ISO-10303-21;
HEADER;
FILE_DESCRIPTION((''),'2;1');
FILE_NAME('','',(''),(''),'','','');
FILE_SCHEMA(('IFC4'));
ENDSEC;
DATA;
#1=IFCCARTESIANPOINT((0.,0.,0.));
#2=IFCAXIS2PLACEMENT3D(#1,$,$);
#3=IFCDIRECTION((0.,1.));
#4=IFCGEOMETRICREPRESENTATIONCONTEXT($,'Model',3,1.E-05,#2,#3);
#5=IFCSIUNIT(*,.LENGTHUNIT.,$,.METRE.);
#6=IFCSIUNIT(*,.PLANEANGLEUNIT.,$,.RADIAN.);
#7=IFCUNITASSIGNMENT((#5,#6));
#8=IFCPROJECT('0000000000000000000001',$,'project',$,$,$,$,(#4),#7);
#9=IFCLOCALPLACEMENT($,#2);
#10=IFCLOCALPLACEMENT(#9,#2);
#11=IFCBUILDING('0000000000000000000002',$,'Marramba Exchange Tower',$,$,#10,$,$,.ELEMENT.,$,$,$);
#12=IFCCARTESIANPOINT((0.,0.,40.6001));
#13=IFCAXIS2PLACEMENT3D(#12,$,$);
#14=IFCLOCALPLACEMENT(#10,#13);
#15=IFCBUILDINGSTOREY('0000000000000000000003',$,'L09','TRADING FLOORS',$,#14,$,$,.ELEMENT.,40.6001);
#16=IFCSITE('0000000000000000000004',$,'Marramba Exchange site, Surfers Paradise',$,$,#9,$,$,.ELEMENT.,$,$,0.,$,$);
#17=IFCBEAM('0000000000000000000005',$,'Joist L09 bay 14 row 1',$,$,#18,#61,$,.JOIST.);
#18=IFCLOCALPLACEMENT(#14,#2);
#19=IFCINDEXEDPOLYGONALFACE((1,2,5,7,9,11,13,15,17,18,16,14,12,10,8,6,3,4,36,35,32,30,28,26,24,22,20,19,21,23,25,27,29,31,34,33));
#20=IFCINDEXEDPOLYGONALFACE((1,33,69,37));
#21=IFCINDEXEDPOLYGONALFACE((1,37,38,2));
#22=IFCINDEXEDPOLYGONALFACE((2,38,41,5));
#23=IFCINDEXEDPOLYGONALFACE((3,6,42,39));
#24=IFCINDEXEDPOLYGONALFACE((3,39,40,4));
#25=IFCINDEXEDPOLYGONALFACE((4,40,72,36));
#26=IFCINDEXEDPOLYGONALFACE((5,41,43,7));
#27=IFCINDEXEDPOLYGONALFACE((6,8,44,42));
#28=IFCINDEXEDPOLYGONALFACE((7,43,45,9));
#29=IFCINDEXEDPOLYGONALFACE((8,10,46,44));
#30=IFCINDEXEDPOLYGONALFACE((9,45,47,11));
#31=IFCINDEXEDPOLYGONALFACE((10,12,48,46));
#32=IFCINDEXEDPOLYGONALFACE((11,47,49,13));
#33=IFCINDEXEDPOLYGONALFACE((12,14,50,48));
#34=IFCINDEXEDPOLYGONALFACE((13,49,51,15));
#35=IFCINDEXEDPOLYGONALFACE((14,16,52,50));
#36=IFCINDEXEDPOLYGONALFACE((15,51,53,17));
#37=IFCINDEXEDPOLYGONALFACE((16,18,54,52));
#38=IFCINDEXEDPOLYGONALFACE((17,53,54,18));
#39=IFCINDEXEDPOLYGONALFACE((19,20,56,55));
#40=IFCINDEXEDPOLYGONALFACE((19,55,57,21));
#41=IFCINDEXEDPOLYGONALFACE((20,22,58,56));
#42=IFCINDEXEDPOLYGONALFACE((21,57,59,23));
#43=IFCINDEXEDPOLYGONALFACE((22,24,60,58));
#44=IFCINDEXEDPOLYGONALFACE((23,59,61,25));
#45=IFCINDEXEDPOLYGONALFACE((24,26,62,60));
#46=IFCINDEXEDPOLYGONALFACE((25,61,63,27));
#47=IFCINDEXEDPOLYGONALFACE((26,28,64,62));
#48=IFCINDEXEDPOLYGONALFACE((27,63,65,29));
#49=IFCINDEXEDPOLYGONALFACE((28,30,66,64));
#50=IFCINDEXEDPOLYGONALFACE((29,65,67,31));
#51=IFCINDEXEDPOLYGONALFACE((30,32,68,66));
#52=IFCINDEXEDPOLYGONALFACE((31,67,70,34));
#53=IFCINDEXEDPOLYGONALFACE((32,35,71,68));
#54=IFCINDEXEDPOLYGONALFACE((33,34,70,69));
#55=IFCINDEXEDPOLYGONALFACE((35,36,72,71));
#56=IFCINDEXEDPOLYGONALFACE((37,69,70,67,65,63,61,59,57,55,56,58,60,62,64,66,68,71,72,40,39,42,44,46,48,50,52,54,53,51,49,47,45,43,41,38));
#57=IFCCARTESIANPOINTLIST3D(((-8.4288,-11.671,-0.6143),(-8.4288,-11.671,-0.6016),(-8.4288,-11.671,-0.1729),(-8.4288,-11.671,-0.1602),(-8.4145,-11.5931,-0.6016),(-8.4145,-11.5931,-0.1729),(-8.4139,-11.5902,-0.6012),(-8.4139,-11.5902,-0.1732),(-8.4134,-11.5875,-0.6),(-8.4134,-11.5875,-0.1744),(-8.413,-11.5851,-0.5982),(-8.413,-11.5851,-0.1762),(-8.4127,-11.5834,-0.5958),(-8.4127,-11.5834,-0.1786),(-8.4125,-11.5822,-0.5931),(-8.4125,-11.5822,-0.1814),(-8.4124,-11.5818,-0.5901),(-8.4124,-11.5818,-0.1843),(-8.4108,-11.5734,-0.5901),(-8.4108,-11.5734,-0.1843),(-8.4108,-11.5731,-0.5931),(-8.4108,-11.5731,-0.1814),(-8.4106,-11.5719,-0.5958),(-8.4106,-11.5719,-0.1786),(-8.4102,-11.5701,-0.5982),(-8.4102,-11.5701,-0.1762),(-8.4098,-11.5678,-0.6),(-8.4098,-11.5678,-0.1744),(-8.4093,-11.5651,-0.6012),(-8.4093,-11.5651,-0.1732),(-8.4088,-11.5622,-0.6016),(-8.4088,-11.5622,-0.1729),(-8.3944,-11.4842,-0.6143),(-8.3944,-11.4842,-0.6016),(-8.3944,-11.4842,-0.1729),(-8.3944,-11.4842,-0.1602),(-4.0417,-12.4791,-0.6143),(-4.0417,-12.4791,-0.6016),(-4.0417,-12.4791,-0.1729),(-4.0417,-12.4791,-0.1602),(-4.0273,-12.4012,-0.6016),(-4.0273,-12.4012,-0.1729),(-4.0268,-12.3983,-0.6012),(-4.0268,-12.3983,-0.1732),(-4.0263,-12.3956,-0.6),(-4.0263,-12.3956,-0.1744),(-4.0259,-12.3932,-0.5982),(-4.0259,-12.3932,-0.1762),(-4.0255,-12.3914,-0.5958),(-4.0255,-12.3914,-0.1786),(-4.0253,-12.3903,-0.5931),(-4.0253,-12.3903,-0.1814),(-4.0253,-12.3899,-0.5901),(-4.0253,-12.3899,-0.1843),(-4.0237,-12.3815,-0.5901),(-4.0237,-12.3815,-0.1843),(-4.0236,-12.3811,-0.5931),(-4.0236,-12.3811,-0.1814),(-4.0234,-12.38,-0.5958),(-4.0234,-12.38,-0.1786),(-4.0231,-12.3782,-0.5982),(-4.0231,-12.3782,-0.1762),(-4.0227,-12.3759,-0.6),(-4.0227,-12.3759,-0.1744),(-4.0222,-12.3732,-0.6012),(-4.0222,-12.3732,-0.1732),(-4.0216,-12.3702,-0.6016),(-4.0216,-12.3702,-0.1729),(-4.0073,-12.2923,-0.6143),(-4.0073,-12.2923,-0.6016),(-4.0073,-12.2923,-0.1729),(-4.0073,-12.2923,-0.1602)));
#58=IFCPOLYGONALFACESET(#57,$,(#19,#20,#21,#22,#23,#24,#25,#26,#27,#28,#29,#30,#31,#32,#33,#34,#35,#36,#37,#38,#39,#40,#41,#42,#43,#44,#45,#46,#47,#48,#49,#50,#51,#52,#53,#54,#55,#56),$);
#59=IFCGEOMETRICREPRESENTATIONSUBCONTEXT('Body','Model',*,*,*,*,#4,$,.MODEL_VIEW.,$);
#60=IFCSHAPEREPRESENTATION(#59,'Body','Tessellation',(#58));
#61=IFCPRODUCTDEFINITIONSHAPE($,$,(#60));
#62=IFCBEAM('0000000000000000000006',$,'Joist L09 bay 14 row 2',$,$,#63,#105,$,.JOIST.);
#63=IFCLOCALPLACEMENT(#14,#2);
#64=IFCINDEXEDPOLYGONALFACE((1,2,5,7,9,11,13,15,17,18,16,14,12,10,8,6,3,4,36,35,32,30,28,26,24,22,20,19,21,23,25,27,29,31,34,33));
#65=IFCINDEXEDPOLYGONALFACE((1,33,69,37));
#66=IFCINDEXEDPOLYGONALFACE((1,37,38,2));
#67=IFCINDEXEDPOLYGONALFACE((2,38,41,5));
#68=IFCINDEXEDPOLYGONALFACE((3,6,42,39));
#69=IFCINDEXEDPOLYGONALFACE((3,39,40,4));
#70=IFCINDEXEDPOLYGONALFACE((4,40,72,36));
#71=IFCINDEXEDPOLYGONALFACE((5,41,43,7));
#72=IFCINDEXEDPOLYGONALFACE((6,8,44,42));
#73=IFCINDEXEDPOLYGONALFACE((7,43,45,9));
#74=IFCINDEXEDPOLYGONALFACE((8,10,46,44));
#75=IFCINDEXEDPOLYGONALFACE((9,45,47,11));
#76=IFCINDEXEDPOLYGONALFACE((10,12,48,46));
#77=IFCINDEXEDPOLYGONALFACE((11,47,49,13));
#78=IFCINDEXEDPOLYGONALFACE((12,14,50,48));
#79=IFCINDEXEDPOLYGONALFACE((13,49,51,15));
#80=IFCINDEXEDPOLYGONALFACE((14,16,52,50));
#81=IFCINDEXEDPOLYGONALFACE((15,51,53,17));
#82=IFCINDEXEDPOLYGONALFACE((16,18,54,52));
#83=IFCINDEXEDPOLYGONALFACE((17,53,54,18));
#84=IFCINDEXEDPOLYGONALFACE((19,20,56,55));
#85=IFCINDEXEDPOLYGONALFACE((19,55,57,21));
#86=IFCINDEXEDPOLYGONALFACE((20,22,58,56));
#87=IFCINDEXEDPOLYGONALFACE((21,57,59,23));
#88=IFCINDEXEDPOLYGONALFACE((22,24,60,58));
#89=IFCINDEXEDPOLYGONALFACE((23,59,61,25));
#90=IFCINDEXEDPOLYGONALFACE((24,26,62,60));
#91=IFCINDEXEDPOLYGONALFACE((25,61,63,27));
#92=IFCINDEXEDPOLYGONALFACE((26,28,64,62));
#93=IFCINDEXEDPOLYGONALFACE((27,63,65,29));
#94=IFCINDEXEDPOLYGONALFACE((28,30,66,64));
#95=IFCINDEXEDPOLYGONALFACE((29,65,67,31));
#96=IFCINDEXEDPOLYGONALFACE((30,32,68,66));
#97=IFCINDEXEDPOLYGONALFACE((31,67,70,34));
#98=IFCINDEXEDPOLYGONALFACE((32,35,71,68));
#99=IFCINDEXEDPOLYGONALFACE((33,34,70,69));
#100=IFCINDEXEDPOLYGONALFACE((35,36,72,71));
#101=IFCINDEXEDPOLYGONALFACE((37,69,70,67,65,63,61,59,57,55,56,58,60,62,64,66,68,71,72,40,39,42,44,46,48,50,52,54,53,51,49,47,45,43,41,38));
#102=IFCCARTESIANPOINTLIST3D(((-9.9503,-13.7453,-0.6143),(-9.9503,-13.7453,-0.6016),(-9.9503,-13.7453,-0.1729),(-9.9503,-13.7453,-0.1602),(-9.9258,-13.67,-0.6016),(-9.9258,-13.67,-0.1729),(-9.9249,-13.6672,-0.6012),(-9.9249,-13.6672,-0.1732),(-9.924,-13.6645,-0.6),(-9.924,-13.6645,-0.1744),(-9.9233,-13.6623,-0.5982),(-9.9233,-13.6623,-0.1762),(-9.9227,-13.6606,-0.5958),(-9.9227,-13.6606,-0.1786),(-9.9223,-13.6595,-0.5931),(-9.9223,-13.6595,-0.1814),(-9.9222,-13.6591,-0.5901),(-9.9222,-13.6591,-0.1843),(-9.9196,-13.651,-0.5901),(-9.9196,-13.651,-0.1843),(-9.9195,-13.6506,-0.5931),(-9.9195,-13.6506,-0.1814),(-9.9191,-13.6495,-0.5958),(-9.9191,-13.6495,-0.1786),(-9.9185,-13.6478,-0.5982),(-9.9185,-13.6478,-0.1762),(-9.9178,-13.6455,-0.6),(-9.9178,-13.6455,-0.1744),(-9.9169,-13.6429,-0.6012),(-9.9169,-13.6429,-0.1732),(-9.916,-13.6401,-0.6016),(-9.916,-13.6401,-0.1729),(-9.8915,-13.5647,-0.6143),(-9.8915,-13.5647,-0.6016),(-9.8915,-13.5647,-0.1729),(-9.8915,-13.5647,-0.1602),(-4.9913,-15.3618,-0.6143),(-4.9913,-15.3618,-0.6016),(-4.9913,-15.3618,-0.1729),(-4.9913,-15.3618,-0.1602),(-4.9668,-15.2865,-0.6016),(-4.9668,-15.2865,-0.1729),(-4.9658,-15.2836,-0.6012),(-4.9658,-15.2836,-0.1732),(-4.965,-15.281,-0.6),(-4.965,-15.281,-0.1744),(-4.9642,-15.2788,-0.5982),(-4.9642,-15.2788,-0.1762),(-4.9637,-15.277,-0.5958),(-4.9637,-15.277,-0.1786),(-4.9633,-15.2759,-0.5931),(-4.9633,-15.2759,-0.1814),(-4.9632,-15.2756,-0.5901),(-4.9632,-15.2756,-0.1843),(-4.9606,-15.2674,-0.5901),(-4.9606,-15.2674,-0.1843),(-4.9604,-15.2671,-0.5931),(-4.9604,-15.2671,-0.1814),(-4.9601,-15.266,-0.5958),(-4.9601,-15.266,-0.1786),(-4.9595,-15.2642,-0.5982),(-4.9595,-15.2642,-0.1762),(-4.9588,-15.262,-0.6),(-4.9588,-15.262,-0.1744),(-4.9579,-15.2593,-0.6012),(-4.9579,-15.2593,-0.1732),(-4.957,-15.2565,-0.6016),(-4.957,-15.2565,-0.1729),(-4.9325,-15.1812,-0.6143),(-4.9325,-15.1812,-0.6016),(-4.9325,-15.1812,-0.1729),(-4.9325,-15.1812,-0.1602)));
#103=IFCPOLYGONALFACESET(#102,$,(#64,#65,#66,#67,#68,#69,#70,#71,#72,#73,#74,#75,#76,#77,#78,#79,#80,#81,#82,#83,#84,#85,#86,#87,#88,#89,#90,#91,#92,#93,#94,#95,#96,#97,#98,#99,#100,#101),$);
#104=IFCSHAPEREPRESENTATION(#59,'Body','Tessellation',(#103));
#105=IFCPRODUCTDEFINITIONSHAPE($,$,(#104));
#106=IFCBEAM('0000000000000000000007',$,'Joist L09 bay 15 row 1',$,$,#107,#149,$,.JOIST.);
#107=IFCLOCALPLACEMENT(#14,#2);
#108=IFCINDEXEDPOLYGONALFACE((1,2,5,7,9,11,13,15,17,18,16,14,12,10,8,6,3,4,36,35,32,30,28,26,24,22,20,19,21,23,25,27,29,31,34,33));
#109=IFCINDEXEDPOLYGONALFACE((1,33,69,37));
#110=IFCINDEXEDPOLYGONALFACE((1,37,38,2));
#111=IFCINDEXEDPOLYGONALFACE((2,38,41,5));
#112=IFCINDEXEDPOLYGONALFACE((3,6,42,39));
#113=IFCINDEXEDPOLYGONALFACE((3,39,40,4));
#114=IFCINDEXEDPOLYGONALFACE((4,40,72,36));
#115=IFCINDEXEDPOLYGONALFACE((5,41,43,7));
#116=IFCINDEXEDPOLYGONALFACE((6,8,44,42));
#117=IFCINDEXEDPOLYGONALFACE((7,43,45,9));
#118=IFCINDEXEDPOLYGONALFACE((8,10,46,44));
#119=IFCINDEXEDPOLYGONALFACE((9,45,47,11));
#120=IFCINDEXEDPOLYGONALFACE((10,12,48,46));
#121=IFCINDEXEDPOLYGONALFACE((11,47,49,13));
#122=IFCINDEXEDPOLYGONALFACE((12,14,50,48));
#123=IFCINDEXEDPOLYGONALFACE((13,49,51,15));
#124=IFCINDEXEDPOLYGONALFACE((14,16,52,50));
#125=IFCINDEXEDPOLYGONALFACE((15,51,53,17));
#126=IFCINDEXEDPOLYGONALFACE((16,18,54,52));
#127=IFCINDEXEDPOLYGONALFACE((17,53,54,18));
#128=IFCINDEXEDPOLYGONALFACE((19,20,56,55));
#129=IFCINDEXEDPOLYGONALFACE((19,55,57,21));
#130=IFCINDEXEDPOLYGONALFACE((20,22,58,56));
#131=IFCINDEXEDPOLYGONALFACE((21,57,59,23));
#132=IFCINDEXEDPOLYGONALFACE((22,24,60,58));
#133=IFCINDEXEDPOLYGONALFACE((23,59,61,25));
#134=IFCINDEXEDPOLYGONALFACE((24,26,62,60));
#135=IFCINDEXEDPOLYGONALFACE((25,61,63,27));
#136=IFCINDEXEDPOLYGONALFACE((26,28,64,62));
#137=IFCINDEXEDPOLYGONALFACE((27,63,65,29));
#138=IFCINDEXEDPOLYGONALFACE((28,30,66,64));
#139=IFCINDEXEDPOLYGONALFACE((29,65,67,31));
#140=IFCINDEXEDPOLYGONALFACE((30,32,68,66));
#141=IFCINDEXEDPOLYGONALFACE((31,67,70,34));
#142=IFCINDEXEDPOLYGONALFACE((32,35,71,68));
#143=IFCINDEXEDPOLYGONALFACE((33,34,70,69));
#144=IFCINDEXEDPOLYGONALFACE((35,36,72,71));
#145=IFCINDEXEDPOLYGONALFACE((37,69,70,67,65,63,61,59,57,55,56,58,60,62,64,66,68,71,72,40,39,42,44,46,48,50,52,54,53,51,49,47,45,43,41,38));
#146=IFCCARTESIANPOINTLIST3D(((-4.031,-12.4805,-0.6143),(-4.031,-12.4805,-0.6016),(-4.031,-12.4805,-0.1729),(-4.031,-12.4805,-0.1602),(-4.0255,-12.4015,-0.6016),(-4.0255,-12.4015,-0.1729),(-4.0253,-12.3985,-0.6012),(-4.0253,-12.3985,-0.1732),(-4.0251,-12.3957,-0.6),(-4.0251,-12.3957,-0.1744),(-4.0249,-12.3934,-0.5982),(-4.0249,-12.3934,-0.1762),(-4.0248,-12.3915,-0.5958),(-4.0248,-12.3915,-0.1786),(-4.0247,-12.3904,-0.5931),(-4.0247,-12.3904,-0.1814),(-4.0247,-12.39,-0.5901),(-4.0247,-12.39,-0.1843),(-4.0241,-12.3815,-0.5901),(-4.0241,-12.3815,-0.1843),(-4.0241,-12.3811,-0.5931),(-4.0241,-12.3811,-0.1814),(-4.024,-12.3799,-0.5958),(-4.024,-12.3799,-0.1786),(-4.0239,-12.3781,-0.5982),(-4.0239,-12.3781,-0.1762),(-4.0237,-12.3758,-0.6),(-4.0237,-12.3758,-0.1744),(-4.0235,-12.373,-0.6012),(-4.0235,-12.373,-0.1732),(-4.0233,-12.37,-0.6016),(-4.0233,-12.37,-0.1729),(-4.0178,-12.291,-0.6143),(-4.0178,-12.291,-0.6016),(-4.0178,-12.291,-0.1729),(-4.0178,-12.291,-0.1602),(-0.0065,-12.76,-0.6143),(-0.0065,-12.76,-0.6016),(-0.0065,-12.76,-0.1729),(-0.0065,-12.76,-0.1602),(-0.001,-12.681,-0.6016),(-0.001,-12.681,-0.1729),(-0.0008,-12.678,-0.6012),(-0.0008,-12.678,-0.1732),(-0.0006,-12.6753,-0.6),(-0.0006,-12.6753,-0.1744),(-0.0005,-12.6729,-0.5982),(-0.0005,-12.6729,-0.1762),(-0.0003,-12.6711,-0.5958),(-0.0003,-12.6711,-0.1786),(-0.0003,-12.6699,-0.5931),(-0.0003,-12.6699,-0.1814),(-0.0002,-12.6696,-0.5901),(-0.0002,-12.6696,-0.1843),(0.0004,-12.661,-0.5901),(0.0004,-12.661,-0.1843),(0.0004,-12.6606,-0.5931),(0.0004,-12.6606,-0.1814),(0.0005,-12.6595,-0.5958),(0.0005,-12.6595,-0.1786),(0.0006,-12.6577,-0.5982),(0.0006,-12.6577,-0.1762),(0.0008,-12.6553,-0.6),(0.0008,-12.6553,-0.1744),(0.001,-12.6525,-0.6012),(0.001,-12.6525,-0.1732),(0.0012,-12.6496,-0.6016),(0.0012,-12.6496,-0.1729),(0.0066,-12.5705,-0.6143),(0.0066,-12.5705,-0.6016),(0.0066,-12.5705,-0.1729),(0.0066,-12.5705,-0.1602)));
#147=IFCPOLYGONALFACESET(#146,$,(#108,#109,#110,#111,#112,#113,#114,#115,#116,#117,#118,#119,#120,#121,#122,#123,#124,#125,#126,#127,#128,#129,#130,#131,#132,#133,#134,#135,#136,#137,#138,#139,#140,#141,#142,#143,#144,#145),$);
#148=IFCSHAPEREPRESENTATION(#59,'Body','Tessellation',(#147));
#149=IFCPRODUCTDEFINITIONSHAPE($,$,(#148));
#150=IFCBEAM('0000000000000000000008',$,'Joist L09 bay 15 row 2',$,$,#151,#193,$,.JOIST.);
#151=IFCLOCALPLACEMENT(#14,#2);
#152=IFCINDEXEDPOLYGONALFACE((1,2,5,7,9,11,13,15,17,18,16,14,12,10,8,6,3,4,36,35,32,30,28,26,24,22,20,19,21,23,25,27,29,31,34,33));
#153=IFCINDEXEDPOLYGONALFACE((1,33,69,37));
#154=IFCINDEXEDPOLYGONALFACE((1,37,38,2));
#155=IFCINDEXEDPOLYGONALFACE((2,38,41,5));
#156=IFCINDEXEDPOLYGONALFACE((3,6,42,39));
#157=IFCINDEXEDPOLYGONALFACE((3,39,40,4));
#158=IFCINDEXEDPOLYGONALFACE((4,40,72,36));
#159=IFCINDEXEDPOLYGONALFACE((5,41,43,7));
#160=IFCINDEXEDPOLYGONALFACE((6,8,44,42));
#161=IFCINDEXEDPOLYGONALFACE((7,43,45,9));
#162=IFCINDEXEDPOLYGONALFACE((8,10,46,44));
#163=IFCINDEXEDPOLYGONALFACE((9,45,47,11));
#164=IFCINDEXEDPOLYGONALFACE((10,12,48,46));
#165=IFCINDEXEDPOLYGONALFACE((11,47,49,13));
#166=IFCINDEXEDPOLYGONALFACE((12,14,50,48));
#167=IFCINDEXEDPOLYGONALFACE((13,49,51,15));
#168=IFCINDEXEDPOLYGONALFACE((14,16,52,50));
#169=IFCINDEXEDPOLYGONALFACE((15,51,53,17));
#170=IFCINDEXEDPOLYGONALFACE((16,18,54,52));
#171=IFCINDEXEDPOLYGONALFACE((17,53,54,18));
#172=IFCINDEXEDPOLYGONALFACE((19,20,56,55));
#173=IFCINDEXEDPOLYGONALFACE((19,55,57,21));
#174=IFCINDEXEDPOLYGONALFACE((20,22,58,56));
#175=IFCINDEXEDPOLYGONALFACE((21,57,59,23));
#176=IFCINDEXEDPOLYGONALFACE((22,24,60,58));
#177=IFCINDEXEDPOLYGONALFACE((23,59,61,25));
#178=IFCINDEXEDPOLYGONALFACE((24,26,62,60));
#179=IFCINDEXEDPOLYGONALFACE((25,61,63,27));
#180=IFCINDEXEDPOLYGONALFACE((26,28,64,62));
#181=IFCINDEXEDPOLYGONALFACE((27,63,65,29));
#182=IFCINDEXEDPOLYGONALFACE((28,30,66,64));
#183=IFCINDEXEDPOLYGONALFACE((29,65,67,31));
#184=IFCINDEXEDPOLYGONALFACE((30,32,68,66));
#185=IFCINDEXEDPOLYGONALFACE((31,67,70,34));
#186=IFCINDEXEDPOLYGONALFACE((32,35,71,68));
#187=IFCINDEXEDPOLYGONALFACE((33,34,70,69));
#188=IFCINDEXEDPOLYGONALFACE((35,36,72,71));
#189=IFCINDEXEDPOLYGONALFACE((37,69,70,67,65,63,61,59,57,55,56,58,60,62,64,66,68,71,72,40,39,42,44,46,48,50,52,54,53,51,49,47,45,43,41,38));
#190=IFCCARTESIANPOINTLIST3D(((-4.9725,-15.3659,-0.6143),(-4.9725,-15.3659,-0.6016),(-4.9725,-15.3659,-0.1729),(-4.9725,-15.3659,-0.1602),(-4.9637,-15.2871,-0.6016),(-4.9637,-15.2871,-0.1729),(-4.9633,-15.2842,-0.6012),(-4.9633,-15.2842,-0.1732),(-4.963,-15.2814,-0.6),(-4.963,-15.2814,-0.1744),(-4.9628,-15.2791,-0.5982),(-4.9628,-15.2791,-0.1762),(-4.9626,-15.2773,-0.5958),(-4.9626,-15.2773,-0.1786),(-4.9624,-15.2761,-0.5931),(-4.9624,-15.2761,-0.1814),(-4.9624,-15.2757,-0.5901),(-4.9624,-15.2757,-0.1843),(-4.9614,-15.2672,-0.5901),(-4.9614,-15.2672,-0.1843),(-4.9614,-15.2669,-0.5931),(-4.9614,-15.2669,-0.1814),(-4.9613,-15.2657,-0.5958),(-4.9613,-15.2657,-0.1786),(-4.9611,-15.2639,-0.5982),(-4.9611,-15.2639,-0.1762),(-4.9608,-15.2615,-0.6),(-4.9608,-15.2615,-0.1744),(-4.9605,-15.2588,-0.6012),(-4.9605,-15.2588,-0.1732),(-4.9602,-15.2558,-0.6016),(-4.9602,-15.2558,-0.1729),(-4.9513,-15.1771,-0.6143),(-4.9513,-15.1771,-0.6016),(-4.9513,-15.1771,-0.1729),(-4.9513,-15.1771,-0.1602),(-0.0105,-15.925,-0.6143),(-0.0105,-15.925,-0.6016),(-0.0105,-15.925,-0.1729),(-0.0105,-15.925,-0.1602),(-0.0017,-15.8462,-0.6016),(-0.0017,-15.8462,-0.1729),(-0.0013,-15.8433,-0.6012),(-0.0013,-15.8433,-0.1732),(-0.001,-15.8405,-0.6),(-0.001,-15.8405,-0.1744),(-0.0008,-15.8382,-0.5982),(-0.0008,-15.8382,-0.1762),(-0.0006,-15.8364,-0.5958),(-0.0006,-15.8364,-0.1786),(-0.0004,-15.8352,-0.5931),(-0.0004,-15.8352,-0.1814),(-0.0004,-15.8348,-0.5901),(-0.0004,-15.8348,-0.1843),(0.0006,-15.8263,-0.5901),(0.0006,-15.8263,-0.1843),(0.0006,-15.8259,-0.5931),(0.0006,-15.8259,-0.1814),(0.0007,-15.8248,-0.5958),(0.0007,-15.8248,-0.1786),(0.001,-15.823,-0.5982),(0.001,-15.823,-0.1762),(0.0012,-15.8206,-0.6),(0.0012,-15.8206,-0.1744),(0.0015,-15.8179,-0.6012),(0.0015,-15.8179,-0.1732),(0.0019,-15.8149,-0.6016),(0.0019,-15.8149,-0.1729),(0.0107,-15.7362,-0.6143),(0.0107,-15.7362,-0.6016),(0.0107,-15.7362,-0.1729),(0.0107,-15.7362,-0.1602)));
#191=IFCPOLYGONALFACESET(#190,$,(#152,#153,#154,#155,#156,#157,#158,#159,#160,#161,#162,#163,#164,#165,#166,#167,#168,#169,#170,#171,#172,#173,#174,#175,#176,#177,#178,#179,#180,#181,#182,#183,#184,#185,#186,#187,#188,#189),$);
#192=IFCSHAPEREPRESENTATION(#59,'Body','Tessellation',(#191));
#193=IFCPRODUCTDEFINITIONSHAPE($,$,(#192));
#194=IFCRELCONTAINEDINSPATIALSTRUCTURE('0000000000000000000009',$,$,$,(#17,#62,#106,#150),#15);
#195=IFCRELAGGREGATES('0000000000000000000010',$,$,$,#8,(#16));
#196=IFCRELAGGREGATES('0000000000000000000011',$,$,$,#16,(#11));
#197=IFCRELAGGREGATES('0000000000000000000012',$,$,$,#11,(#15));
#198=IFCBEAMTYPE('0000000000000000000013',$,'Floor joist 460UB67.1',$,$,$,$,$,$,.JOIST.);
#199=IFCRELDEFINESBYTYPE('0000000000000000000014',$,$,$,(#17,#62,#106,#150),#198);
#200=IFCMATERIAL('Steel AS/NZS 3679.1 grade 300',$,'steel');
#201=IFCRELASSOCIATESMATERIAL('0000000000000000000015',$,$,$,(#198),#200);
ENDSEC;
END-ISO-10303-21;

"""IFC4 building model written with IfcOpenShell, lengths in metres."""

from ifc_helpers import new_model, si_unit, direction, frame, origin, origin_2d, place, context, subcontext, project, spatial, i_section, extrude, material, material_profile, profile_set, type_object, element, save


model = new_model("IFC4")

# Units and contexts
model_context = context("Model", 3, precision=1e-05, world=origin(), true_north=direction((0.0, 1.0)))
body_context = subcontext(model_context, "Body", "Model", "MODEL_VIEW")
ifc_project = project(units=[si_unit("LENGTHUNIT", "METRE"), si_unit("PLANEANGLEUNIT", "RADIAN")], contexts=[model_context])

# Site, building, storey
site_placement = place(None, origin())
site = spatial("IfcSite", under=ifc_project, at=site_placement, Name="Marramba Exchange site, Surfers Paradise", CompositionType="ELEMENT", RefElevation=0.0)
building_placement = place(site_placement, origin())
building = spatial("IfcBuilding", under=site, at=building_placement, Name="Marramba Exchange Tower", CompositionType="ELEMENT")
storey_placement = place(building_placement, frame((0.0, 0.0, 40.6001)))
storey = spatial("IfcBuildingStorey", under=building, at=storey_placement, Name="L09", Description="TRADING FLOORS", CompositionType="ELEMENT", Elevation=40.6001)

# Beams
ifc_material_1 = material(Name="Steel AS/NZS 3679.1 grade 300", Category="steel")
ifc_material_profile_1 = material_profile(ifc_material_1, i_section(OverallWidth=0.1899, OverallDepth=0.4541, WebThickness=0.0085, FlangeThickness=0.0127, FilletRadius=0.0115, at=origin_2d()), Name="460UB67.1")
ifc_profile_set_1 = profile_set([ifc_material_profile_1], Name="Steel AS/NZS 3679.1 grade 300")
beam_type_1 = type_object("IfcBeamType", Name="Floor joist 460UB67.1", PredefinedType="JOIST", material=ifc_profile_set_1)
beam_1_placement = place(storey_placement, frame((-8.4116, -11.5776, -0.3872), z_axis=(0.983456, -0.181149, 0.0), x_axis=(0.181149, 0.983456, 0.0)))
element("IfcBeam", 1, at=beam_1_placement, inside=storey, type_object=beam_type_1, Name="Joist L09 bay 14 row 1", PredefinedType="JOIST", context=body_context, shape_type="SweptSolid", body=[
    extrude(i_section(OverallWidth=0.1899, OverallDepth=0.4541, WebThickness=0.0085, FlangeThickness=0.0127, FilletRadius=0.0115, at=origin_2d()), origin(), (0.0, 0.0, 1.0), 4.4609),
])
beam_2_placement = place(storey_placement, frame((-9.9209, -13.655, -0.3872), z_axis=(0.950764, -0.309916, 0.0), x_axis=(0.309916, 0.950764, 0.0)))
element("IfcBeam", 2, at=beam_2_placement, inside=storey, type_object=beam_type_1, Name="Joist L09 bay 14 row 2", PredefinedType="JOIST", context=body_context, shape_type="SweptSolid", body=[
    extrude(i_section(OverallWidth=0.1899, OverallDepth=0.4541, WebThickness=0.0085, FlangeThickness=0.0127, FilletRadius=0.0115, at=origin_2d()), origin(), (0.0, 0.0, 1.0), 5.2158),
])
beam_3_placement = place(storey_placement, frame((-4.0244, -12.3857, -0.3872), z_axis=(0.997596, -0.069294, 0.0), x_axis=(0.069294, 0.997596, 0.0)))
element("IfcBeam", 3, at=beam_3_placement, inside=storey, type_object=beam_type_1, Name="Joist L09 bay 15 row 1", PredefinedType="JOIST", context=body_context, shape_type="SweptSolid", body=[
    extrude(i_section(OverallWidth=0.1899, OverallDepth=0.4541, WebThickness=0.0085, FlangeThickness=0.0127, FilletRadius=0.0115, at=origin_2d()), origin(), (0.0, 0.0, 1.0), 4.0342),
])
beam_4_placement = place(storey_placement, frame((-4.9619, -15.2715, -0.3872), z_axis=(0.993712, -0.111966, 0.0), x_axis=(0.111966, 0.993712, 0.0)))
element("IfcBeam", 4, at=beam_4_placement, inside=storey, type_object=beam_type_1, Name="Joist L09 bay 15 row 2", PredefinedType="JOIST", context=body_context, shape_type="SweptSolid", body=[
    extrude(i_section(OverallWidth=0.1899, OverallDepth=0.4541, WebThickness=0.0085, FlangeThickness=0.0127, FilletRadius=0.0115, at=origin_2d()), origin(), (0.0, 0.0, 1.0), 4.9934),
])

save(model, "model.ifc")
